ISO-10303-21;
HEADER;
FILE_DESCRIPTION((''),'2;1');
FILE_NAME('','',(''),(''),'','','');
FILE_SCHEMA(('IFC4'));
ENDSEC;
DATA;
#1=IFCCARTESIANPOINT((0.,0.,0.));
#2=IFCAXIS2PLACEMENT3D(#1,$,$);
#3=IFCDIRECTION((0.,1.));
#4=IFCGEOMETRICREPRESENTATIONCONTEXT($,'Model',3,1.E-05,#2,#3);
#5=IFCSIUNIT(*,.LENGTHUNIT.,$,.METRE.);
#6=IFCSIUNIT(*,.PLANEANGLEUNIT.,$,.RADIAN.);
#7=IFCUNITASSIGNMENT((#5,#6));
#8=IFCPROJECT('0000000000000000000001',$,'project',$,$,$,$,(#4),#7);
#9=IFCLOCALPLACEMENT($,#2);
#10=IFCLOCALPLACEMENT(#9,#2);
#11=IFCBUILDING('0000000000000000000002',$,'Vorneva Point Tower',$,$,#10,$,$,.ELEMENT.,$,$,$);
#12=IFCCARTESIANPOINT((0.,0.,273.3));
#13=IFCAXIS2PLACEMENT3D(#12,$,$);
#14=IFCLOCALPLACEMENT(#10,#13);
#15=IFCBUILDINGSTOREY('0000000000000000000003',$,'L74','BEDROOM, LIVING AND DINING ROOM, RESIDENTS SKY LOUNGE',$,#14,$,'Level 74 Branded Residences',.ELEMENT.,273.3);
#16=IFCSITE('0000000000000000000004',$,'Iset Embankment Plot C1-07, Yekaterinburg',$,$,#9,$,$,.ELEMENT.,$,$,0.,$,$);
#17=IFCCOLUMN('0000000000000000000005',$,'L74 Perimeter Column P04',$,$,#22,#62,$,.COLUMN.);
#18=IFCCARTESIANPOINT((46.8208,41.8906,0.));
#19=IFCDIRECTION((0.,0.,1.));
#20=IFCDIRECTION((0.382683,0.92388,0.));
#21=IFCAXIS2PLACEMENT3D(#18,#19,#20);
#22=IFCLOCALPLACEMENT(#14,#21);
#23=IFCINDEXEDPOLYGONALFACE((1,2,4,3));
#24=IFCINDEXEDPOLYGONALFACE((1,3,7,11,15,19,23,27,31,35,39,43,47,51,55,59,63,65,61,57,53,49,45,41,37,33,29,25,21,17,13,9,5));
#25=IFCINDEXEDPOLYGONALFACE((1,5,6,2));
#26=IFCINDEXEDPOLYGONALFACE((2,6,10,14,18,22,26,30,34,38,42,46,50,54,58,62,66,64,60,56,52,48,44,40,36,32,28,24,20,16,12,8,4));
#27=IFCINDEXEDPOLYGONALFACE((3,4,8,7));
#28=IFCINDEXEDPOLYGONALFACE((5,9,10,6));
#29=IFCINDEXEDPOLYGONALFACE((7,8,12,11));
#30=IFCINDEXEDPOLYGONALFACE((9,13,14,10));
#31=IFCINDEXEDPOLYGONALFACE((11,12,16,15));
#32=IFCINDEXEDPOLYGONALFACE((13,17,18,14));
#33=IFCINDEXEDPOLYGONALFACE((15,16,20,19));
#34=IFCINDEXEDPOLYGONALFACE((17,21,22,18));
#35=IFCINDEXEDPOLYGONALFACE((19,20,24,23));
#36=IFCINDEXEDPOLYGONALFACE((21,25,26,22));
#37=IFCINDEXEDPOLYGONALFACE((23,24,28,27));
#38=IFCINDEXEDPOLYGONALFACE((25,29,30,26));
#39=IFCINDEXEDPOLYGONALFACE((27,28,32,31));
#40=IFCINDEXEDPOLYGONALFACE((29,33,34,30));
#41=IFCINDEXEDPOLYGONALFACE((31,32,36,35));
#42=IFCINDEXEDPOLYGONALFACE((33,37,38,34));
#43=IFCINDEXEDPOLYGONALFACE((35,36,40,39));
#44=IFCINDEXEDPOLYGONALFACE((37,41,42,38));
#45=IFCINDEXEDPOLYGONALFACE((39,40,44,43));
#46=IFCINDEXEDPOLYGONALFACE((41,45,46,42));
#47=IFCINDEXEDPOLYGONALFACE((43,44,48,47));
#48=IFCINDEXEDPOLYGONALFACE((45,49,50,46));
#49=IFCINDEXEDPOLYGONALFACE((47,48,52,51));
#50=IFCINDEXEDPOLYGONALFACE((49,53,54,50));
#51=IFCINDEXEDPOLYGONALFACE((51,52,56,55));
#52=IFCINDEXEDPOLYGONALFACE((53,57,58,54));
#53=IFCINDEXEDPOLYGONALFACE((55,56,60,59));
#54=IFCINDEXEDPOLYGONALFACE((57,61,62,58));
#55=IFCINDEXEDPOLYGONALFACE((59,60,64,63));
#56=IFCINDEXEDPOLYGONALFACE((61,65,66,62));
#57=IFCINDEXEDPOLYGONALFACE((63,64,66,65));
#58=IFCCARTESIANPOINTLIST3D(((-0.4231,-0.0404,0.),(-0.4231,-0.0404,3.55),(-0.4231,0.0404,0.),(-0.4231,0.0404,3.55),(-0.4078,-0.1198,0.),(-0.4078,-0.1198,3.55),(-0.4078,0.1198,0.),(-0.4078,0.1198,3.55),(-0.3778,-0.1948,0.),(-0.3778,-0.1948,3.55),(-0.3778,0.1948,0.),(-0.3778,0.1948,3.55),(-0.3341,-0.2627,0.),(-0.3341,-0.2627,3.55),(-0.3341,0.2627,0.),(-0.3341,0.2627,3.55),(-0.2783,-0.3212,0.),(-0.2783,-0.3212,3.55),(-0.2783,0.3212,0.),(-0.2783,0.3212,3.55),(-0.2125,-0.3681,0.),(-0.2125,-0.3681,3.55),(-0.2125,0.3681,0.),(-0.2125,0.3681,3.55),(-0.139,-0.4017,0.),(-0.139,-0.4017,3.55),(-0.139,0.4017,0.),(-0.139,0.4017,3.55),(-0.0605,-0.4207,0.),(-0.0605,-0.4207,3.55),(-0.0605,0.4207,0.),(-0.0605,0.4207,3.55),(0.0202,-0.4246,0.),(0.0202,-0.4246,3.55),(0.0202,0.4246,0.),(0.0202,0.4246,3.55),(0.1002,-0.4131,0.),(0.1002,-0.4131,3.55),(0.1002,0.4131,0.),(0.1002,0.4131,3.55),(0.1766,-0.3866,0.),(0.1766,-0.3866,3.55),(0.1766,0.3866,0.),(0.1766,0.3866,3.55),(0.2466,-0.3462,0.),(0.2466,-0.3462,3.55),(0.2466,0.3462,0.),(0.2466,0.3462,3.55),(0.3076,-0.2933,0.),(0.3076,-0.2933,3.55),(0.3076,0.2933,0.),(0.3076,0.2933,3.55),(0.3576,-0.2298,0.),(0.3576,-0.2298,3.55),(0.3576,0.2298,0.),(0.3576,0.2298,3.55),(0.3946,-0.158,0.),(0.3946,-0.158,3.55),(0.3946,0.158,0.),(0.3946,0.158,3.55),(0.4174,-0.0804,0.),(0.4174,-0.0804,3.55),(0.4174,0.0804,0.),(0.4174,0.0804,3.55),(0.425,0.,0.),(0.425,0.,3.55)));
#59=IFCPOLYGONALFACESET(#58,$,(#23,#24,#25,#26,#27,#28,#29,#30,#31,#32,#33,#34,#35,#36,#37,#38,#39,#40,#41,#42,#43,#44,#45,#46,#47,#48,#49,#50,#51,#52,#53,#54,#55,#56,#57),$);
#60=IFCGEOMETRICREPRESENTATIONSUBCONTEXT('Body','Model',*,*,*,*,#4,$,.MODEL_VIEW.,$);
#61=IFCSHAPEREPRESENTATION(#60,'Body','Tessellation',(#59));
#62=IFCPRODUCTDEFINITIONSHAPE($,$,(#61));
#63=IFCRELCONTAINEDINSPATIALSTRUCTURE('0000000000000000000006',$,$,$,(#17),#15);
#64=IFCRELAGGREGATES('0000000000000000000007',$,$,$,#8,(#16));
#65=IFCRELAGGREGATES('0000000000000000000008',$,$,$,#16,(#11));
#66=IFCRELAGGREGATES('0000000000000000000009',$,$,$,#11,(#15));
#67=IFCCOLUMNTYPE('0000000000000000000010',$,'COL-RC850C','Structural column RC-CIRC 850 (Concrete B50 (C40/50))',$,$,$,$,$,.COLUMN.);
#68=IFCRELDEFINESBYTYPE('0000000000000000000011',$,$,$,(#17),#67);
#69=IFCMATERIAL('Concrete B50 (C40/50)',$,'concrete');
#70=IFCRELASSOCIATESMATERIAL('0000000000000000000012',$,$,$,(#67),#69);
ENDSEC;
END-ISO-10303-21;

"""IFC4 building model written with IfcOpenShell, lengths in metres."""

from ifc_helpers import new_model, si_unit, direction, frame, origin, origin_2d, place, context, subcontext, project, spatial, circle, extrude, material, material_profile, profile_set, type_object, element, save


model = new_model("IFC4")

# Units and contexts
model_context = context("Model", 3, precision=1e-05, world=origin(), true_north=direction((0.0, 1.0)))
body_context = subcontext(model_context, "Body", "Model", "MODEL_VIEW")
ifc_project = project(units=[si_unit("LENGTHUNIT", "METRE"), si_unit("PLANEANGLEUNIT", "RADIAN")], contexts=[model_context])

# Site, building, storey
site_placement = place(None, origin())
site = spatial("IfcSite", under=ifc_project, at=site_placement, Name="Iset Embankment Plot C1-07, Yekaterinburg", CompositionType="ELEMENT", RefElevation=0.0)
building_placement = place(site_placement, origin())
building = spatial("IfcBuilding", under=site, at=building_placement, Name="Vorneva Point Tower", CompositionType="ELEMENT")
storey_placement = place(building_placement, frame((0.0, 0.0, 273.3)))
storey = spatial("IfcBuildingStorey", under=building, at=storey_placement, Name="L74", Description="BEDROOM, LIVING AND DINING ROOM, RESIDENTS SKY LOUNGE", LongName="Level 74 Branded Residences", CompositionType="ELEMENT", Elevation=273.3)

# Column
ifc_material_1 = material(Name="Concrete B50 (C40/50)", Category="concrete")
ifc_material_profile_1 = material_profile(ifc_material_1, circle(Radius=0.425, at=origin_2d()), Name="RC-CIRC 850")
ifc_profile_set_1 = profile_set([ifc_material_profile_1], Name="Concrete B50 (C40/50)")
column_type = type_object("IfcColumnType", Name="COL-RC850C", Description="Structural column RC-CIRC 850 (Concrete B50 (C40/50))", PredefinedType="COLUMN", material=ifc_profile_set_1)
column_placement = place(storey_placement, frame((46.8208, 41.8906, 0.0), z_axis=(0.0, 0.0, 1.0), x_axis=(0.382683, 0.92388, 0.0)))
element("IfcColumn", 1, at=column_placement, inside=storey, type_object=column_type, Name="L74 Perimeter Column P04", PredefinedType="COLUMN", context=body_context, shape_type="SweptSolid", body=[
    extrude(circle(Radius=0.425, at=origin_2d()), origin(), (0.0, 0.0, 1.0), 3.55),
])

save(model, "model.ifc")
